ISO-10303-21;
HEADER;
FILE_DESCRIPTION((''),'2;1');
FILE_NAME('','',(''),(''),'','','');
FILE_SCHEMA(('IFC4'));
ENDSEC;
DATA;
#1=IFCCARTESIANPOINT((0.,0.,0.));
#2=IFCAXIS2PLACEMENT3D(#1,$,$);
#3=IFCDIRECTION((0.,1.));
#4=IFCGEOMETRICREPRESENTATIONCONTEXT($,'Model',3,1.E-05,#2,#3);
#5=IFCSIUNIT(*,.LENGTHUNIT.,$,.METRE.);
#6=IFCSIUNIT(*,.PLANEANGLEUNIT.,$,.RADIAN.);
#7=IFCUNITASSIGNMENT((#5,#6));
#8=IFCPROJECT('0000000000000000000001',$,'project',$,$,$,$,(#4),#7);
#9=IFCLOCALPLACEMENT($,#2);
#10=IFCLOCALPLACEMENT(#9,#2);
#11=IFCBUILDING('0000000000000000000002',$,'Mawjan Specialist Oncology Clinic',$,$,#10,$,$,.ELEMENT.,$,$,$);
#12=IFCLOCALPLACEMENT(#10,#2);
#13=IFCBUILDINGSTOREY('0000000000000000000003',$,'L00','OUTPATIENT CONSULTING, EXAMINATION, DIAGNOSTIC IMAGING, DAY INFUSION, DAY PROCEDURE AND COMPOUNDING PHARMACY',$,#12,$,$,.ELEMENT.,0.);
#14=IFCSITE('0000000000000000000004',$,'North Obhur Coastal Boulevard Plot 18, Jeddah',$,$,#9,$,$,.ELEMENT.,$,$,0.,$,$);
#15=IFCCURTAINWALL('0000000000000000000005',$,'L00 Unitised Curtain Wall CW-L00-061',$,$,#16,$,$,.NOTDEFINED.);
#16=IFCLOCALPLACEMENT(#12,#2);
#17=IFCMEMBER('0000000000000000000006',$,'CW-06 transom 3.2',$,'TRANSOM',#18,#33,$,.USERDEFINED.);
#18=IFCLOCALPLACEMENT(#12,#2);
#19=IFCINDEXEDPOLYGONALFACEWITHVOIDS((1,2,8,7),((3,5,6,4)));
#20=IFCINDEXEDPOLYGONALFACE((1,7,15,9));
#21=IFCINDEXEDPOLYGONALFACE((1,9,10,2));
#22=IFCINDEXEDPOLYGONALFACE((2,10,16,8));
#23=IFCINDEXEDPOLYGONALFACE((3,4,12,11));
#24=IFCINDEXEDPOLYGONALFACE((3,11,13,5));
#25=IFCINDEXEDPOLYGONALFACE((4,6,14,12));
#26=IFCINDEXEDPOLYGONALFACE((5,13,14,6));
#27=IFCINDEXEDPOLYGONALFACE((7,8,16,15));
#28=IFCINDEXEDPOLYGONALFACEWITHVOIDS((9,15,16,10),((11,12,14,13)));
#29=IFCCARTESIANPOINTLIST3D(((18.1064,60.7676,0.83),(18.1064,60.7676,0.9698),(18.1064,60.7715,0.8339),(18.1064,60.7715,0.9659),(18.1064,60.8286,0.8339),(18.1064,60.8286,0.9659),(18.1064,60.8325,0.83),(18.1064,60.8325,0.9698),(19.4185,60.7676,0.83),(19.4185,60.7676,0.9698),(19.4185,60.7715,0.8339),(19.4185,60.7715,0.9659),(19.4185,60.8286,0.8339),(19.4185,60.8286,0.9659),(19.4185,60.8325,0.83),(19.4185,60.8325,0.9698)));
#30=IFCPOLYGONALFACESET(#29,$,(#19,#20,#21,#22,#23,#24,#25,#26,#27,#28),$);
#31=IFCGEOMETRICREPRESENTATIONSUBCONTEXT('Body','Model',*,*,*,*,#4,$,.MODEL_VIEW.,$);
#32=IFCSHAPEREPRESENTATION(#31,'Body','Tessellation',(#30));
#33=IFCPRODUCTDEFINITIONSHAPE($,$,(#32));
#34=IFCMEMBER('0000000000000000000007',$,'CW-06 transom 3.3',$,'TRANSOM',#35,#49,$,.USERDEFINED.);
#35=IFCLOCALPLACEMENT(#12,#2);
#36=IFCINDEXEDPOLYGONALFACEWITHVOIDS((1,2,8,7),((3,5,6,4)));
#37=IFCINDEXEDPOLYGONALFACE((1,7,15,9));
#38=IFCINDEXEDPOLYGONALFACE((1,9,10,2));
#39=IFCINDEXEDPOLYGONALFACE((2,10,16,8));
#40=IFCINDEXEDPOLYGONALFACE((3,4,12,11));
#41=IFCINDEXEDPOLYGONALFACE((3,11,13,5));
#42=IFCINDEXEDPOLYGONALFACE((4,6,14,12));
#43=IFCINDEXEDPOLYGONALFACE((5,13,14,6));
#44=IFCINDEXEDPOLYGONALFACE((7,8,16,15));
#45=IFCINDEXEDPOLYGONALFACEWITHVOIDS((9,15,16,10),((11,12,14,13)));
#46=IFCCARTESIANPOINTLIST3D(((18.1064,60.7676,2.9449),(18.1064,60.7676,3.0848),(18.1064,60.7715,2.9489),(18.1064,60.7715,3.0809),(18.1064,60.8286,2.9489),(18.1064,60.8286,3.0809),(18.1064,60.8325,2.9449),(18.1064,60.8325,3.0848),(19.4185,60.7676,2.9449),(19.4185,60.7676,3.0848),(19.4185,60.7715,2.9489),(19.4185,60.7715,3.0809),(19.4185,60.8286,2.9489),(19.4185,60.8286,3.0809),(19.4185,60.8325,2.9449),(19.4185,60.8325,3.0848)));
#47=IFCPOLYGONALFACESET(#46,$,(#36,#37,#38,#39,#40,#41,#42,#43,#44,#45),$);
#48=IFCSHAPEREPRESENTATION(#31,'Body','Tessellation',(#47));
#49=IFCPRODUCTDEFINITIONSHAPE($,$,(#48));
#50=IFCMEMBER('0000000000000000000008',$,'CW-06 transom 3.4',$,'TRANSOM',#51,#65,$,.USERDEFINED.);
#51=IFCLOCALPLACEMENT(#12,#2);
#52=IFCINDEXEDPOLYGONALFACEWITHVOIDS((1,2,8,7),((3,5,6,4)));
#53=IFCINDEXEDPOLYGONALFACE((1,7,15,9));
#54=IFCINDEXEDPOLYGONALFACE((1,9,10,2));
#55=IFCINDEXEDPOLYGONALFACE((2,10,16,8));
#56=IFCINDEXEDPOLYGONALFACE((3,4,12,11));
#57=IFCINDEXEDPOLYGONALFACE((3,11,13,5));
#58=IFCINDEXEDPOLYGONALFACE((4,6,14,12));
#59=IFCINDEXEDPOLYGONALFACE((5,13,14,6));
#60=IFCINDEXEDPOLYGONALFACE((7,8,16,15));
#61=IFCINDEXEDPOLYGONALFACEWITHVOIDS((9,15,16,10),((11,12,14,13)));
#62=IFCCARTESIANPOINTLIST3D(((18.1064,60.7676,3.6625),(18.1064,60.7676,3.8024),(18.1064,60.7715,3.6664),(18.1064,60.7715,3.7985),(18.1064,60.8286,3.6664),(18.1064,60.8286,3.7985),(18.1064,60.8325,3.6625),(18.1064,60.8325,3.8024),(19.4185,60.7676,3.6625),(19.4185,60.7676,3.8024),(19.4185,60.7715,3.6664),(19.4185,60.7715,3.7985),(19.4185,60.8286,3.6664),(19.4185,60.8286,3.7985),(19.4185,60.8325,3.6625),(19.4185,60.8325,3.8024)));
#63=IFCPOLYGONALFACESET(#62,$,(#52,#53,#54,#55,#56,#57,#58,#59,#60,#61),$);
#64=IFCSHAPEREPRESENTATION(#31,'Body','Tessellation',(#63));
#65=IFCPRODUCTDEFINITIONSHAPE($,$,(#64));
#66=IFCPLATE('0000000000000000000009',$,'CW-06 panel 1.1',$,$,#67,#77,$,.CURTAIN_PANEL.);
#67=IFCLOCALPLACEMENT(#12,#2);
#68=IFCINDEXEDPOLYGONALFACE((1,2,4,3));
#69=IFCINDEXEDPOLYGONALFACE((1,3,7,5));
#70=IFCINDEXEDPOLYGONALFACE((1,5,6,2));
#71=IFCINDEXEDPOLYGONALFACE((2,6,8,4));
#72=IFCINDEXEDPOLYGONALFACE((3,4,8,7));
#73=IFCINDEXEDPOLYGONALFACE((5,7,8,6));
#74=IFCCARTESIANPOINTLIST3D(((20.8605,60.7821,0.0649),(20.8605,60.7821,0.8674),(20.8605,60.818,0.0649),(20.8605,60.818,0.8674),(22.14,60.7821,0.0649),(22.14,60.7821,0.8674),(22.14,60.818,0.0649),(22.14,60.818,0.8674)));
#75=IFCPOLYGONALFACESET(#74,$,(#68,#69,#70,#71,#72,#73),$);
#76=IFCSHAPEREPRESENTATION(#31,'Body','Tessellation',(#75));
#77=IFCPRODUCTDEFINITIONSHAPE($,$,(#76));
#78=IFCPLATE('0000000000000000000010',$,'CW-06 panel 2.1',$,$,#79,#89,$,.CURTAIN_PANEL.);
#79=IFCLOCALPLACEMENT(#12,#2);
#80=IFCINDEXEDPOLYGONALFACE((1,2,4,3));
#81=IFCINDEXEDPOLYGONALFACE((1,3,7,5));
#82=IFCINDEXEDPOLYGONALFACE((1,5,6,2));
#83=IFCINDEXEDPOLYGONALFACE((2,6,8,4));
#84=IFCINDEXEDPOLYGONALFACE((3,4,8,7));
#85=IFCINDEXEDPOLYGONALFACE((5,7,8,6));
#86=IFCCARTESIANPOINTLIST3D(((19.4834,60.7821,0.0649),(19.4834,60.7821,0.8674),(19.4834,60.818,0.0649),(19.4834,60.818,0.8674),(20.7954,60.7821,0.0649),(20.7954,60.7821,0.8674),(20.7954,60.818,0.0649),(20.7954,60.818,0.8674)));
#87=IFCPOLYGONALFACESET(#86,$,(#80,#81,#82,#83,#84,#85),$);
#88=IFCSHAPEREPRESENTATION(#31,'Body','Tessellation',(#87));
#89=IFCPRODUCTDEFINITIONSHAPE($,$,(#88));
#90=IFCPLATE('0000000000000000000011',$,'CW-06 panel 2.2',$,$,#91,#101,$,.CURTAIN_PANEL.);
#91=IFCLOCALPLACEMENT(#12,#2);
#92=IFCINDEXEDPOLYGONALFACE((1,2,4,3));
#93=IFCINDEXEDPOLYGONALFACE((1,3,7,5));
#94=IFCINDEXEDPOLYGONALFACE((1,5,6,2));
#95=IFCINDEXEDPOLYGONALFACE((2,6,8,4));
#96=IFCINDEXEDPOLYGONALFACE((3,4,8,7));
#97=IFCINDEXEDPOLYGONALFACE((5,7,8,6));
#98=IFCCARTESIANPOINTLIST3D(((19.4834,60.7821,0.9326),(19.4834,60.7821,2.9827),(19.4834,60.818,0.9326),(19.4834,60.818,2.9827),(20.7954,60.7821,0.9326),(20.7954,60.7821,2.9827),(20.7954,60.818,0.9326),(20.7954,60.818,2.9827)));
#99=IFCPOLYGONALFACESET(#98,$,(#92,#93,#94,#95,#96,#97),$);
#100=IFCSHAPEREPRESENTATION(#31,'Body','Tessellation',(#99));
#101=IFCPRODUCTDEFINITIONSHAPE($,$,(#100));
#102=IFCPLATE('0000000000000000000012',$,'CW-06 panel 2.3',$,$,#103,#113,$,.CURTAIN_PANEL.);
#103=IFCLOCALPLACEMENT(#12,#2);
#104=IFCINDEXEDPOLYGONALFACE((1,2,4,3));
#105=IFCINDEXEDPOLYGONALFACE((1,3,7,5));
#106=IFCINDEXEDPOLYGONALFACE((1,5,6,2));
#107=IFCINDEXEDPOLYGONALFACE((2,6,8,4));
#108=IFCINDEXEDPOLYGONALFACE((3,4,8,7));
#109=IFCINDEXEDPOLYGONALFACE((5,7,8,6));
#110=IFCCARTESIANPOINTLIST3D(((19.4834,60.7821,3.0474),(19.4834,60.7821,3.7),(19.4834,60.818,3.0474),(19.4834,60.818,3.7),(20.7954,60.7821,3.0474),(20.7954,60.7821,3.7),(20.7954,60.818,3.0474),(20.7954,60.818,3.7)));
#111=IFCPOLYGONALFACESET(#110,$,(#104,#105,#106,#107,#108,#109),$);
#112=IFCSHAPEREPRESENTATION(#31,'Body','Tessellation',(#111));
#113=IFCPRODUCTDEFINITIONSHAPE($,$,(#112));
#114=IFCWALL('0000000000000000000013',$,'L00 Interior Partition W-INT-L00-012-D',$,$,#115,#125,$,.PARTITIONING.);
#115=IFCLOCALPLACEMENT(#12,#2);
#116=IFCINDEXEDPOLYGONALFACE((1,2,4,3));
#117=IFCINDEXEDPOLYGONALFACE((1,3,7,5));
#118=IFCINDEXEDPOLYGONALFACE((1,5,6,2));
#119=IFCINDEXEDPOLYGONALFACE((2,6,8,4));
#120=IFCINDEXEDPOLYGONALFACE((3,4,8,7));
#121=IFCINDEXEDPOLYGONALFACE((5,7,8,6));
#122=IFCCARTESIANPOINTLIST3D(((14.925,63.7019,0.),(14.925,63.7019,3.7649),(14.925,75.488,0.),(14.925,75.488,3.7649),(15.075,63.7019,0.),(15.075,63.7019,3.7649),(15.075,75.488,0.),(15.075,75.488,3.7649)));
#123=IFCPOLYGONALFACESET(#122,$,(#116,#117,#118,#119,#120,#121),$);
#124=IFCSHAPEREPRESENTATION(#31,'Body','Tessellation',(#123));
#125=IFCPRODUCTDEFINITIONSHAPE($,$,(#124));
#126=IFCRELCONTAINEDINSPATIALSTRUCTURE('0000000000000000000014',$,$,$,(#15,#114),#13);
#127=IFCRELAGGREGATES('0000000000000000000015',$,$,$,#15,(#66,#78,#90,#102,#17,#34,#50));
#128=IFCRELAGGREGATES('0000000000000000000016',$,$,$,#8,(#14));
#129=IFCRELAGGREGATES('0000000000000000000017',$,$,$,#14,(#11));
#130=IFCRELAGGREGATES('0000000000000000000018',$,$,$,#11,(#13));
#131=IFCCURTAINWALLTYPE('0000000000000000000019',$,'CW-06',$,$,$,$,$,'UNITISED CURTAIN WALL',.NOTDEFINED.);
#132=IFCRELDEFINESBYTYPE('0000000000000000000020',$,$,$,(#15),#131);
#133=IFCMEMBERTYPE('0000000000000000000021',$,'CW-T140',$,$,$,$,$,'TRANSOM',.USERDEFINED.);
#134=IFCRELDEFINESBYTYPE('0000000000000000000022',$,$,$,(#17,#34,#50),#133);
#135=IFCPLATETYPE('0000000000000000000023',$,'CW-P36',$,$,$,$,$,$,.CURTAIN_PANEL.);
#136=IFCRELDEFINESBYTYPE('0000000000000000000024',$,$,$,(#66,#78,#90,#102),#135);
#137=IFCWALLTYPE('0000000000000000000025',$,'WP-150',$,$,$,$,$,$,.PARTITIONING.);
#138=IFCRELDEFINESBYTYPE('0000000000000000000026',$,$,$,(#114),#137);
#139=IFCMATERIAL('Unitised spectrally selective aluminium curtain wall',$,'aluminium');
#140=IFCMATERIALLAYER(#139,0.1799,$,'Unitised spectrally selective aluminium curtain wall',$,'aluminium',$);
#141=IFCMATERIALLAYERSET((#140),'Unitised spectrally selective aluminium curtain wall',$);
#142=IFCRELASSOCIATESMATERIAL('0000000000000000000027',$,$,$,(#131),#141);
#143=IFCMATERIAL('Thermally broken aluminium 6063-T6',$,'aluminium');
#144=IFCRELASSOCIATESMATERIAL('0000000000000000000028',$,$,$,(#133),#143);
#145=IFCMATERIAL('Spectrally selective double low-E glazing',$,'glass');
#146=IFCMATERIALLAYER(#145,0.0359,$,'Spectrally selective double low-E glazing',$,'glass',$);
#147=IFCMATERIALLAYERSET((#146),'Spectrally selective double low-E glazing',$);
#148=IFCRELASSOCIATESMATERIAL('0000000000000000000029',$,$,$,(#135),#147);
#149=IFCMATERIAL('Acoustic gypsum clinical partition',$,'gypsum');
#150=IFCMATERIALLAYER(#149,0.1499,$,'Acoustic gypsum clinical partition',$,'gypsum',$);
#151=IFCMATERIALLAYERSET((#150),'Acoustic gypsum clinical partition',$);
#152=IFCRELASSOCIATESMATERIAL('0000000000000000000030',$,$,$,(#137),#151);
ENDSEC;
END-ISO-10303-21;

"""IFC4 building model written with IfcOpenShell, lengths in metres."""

from ifc_helpers import new_model, si_unit, direction, frame, frame_2d, origin, origin_2d, place, context, subcontext, project, spatial, rectangle, hollow_rectangle, extrude, material, layer, layer_set, material_profile, profile_set, type_object, element, aggregate, save


model = new_model("IFC4")

# Units and contexts
model_context = context("Model", 3, precision=1e-05, world=origin(), true_north=direction((0.0, 1.0)))
body_context = subcontext(model_context, "Body", "Model", "MODEL_VIEW")
ifc_project = project(units=[si_unit("LENGTHUNIT", "METRE"), si_unit("PLANEANGLEUNIT", "RADIAN")], contexts=[model_context])

# Site, building, storey
site_placement = place(None, origin())
site = spatial("IfcSite", under=ifc_project, at=site_placement, Name="North Obhur Coastal Boulevard Plot 18, Jeddah", CompositionType="ELEMENT", RefElevation=0.0)
building_placement = place(site_placement, origin())
building = spatial("IfcBuilding", under=site, at=building_placement, Name="Mawjan Specialist Oncology Clinic", CompositionType="ELEMENT")
storey_placement = place(building_placement, origin())
storey = spatial("IfcBuildingStorey", under=building, at=storey_placement, Name="L00", Description="OUTPATIENT CONSULTING, EXAMINATION, DIAGNOSTIC IMAGING, DAY INFUSION, DAY PROCEDURE AND COMPOUNDING PHARMACY", CompositionType="ELEMENT", Elevation=0.0)

# Curtain wall, members, plates
ifc_material_1 = material(Name="Unitised spectrally selective aluminium curtain wall", Category="aluminium")
ifc_layer_1 = layer(ifc_material_1, 0.1799, Name="Unitised spectrally selective aluminium curtain wall", Category="aluminium")
ifc_layer_set_1 = layer_set([ifc_layer_1], Name="Unitised spectrally selective aluminium curtain wall")
curtain_wall_type = type_object("IfcCurtainWallType", Name="CW-06", ElementType="UNITISED CURTAIN WALL", PredefinedType="NOTDEFINED", material=ifc_layer_set_1)
curtain_wall_placement = place(storey_placement, origin())
curtain_wall = element("IfcCurtainWall", 1, at=curtain_wall_placement, inside=storey, type_object=curtain_wall_type, Name="L00 Unitised Curtain Wall CW-L00-061", PredefinedType="NOTDEFINED")
ifc_material_2 = material(Name="Thermally broken aluminium 6063-T6", Category="aluminium")
ifc_material_profile_1 = material_profile(ifc_material_2, hollow_rectangle(XDim=0.0649, YDim=0.1399, WallThickness=0.0039, at=origin_2d()), Name="ALU TRANSOM 140x65x4", Category="aluminium")
ifc_profile_set_1 = profile_set([ifc_material_profile_1], Name="Thermally broken aluminium 6063-T6")
member_type_1 = type_object("IfcMemberType", Name="CW-T140", ElementType="TRANSOM", PredefinedType="USERDEFINED", material=ifc_profile_set_1)
member_1_placement = place(storey_placement, frame((19.4185, 60.8, 0.8999), z_axis=(-1.0, 0.0, 0.0), x_axis=(0.0, -1.0, 0.0)))
member_1 = element("IfcMember", 2, at=member_1_placement, type_object=member_type_1, Name="CW-06 transom 3.2", ObjectType="TRANSOM", PredefinedType="USERDEFINED", context=body_context, shape_type="SweptSolid", body=[
    extrude(hollow_rectangle(XDim=0.0649, YDim=0.1399, WallThickness=0.0039, at=origin_2d()), origin(), (0.0, 0.0, 1.0), 1.312),
])
member_2_placement = place(storey_placement, frame((19.4185, 60.8, 3.0149), z_axis=(-1.0, 0.0, 0.0), x_axis=(0.0, -1.0, 0.0)))
member_2 = element("IfcMember", 3, at=member_2_placement, type_object=member_type_1, Name="CW-06 transom 3.3", ObjectType="TRANSOM", PredefinedType="USERDEFINED", context=body_context, shape_type="SweptSolid", body=[
    extrude(hollow_rectangle(XDim=0.0649, YDim=0.1399, WallThickness=0.0039, at=origin_2d()), origin(), (0.0, 0.0, 1.0), 1.312),
])
member_3_placement = place(storey_placement, frame((19.4185, 60.8, 3.7324), z_axis=(-1.0, 0.0, 0.0), x_axis=(0.0, -1.0, 0.0)))
member_3 = element("IfcMember", 4, at=member_3_placement, type_object=member_type_1, Name="CW-06 transom 3.4", ObjectType="TRANSOM", PredefinedType="USERDEFINED", context=body_context, shape_type="SweptSolid", body=[
    extrude(hollow_rectangle(XDim=0.0649, YDim=0.1399, WallThickness=0.0039, at=origin_2d()), origin(), (0.0, 0.0, 1.0), 1.312),
])
ifc_material_3 = material(Name="Spectrally selective double low-E glazing", Category="glass")
ifc_layer_2 = layer(ifc_material_3, 0.0359, Name="Spectrally selective double low-E glazing", Category="glass")
ifc_layer_set_2 = layer_set([ifc_layer_2], Name="Spectrally selective double low-E glazing")
plate_type = type_object("IfcPlateType", Name="CW-P36", PredefinedType="CURTAIN_PANEL", material=ifc_layer_set_2)
plate_1_placement = place(storey_placement, frame((21.5002, 60.8, 0.0649), z_axis=(0.0, 0.0, 1.0), x_axis=(-1.0, 0.0, 0.0)))
plate_1 = element("IfcPlate", 5, at=plate_1_placement, type_object=plate_type, Name="CW-06 panel 1.1", PredefinedType="CURTAIN_PANEL", context=body_context, shape_type="SweptSolid", body=[
    extrude(rectangle(XDim=1.2795, YDim=0.0359, at=origin_2d()), origin(), (0.0, 0.0, 1.0), 0.8025),
])
plate_2_placement = place(storey_placement, frame((20.1394, 60.8, 0.0649), z_axis=(0.0, 0.0, 1.0), x_axis=(-1.0, 0.0, 0.0)))
plate_2 = element("IfcPlate", 6, at=plate_2_placement, type_object=plate_type, Name="CW-06 panel 2.1", PredefinedType="CURTAIN_PANEL", context=body_context, shape_type="SweptSolid", body=[
    extrude(rectangle(XDim=1.312, YDim=0.0359, at=origin_2d()), origin(), (0.0, 0.0, 1.0), 0.8025),
])
plate_3_placement = place(storey_placement, frame((20.1394, 60.8, 0.9326), z_axis=(0.0, 0.0, 1.0), x_axis=(-1.0, 0.0, 0.0)))
plate_3 = element("IfcPlate", 7, at=plate_3_placement, type_object=plate_type, Name="CW-06 panel 2.2", PredefinedType="CURTAIN_PANEL", context=body_context, shape_type="SweptSolid", body=[
    extrude(rectangle(XDim=1.312, YDim=0.0359, at=origin_2d()), origin(), (0.0, 0.0, 1.0), 2.05),
])
plate_4_placement = place(storey_placement, frame((20.1394, 60.8, 3.0474), z_axis=(0.0, 0.0, 1.0), x_axis=(-1.0, 0.0, 0.0)))
plate_4 = element("IfcPlate", 8, at=plate_4_placement, type_object=plate_type, Name="CW-06 panel 2.3", PredefinedType="CURTAIN_PANEL", context=body_context, shape_type="SweptSolid", body=[
    extrude(rectangle(XDim=1.312, YDim=0.0359, at=origin_2d()), origin(), (0.0, 0.0, 1.0), 0.6526),
])
aggregate(curtain_wall, [plate_1, plate_2, plate_3, plate_4, member_1, member_2, member_3])

# Wall
ifc_material_4 = material(Name="Acoustic gypsum clinical partition", Category="gypsum")
ifc_layer_3 = layer(ifc_material_4, 0.1499, Name="Acoustic gypsum clinical partition", Category="gypsum")
ifc_layer_set_3 = layer_set([ifc_layer_3], Name="Acoustic gypsum clinical partition")
wall_type = type_object("IfcWallType", Name="WP-150", PredefinedType="PARTITIONING", material=ifc_layer_set_3)
wall_placement = place(storey_placement, frame((15.0, 63.7019, 0.0), z_axis=(0.0, 0.0, 1.0), x_axis=(0.0, 1.0, 0.0)))
element("IfcWall", 9, at=wall_placement, inside=storey, type_object=wall_type, Name="L00 Interior Partition W-INT-L00-012-D", PredefinedType="PARTITIONING", context=body_context, shape_type="SweptSolid", body=[
    extrude(rectangle(XDim=11.7861, YDim=0.1499, at=frame_2d((5.8931, 0.0))), origin(), (0.0, 0.0, 1.0), 3.7649),
])

save(model, "model.ifc")
